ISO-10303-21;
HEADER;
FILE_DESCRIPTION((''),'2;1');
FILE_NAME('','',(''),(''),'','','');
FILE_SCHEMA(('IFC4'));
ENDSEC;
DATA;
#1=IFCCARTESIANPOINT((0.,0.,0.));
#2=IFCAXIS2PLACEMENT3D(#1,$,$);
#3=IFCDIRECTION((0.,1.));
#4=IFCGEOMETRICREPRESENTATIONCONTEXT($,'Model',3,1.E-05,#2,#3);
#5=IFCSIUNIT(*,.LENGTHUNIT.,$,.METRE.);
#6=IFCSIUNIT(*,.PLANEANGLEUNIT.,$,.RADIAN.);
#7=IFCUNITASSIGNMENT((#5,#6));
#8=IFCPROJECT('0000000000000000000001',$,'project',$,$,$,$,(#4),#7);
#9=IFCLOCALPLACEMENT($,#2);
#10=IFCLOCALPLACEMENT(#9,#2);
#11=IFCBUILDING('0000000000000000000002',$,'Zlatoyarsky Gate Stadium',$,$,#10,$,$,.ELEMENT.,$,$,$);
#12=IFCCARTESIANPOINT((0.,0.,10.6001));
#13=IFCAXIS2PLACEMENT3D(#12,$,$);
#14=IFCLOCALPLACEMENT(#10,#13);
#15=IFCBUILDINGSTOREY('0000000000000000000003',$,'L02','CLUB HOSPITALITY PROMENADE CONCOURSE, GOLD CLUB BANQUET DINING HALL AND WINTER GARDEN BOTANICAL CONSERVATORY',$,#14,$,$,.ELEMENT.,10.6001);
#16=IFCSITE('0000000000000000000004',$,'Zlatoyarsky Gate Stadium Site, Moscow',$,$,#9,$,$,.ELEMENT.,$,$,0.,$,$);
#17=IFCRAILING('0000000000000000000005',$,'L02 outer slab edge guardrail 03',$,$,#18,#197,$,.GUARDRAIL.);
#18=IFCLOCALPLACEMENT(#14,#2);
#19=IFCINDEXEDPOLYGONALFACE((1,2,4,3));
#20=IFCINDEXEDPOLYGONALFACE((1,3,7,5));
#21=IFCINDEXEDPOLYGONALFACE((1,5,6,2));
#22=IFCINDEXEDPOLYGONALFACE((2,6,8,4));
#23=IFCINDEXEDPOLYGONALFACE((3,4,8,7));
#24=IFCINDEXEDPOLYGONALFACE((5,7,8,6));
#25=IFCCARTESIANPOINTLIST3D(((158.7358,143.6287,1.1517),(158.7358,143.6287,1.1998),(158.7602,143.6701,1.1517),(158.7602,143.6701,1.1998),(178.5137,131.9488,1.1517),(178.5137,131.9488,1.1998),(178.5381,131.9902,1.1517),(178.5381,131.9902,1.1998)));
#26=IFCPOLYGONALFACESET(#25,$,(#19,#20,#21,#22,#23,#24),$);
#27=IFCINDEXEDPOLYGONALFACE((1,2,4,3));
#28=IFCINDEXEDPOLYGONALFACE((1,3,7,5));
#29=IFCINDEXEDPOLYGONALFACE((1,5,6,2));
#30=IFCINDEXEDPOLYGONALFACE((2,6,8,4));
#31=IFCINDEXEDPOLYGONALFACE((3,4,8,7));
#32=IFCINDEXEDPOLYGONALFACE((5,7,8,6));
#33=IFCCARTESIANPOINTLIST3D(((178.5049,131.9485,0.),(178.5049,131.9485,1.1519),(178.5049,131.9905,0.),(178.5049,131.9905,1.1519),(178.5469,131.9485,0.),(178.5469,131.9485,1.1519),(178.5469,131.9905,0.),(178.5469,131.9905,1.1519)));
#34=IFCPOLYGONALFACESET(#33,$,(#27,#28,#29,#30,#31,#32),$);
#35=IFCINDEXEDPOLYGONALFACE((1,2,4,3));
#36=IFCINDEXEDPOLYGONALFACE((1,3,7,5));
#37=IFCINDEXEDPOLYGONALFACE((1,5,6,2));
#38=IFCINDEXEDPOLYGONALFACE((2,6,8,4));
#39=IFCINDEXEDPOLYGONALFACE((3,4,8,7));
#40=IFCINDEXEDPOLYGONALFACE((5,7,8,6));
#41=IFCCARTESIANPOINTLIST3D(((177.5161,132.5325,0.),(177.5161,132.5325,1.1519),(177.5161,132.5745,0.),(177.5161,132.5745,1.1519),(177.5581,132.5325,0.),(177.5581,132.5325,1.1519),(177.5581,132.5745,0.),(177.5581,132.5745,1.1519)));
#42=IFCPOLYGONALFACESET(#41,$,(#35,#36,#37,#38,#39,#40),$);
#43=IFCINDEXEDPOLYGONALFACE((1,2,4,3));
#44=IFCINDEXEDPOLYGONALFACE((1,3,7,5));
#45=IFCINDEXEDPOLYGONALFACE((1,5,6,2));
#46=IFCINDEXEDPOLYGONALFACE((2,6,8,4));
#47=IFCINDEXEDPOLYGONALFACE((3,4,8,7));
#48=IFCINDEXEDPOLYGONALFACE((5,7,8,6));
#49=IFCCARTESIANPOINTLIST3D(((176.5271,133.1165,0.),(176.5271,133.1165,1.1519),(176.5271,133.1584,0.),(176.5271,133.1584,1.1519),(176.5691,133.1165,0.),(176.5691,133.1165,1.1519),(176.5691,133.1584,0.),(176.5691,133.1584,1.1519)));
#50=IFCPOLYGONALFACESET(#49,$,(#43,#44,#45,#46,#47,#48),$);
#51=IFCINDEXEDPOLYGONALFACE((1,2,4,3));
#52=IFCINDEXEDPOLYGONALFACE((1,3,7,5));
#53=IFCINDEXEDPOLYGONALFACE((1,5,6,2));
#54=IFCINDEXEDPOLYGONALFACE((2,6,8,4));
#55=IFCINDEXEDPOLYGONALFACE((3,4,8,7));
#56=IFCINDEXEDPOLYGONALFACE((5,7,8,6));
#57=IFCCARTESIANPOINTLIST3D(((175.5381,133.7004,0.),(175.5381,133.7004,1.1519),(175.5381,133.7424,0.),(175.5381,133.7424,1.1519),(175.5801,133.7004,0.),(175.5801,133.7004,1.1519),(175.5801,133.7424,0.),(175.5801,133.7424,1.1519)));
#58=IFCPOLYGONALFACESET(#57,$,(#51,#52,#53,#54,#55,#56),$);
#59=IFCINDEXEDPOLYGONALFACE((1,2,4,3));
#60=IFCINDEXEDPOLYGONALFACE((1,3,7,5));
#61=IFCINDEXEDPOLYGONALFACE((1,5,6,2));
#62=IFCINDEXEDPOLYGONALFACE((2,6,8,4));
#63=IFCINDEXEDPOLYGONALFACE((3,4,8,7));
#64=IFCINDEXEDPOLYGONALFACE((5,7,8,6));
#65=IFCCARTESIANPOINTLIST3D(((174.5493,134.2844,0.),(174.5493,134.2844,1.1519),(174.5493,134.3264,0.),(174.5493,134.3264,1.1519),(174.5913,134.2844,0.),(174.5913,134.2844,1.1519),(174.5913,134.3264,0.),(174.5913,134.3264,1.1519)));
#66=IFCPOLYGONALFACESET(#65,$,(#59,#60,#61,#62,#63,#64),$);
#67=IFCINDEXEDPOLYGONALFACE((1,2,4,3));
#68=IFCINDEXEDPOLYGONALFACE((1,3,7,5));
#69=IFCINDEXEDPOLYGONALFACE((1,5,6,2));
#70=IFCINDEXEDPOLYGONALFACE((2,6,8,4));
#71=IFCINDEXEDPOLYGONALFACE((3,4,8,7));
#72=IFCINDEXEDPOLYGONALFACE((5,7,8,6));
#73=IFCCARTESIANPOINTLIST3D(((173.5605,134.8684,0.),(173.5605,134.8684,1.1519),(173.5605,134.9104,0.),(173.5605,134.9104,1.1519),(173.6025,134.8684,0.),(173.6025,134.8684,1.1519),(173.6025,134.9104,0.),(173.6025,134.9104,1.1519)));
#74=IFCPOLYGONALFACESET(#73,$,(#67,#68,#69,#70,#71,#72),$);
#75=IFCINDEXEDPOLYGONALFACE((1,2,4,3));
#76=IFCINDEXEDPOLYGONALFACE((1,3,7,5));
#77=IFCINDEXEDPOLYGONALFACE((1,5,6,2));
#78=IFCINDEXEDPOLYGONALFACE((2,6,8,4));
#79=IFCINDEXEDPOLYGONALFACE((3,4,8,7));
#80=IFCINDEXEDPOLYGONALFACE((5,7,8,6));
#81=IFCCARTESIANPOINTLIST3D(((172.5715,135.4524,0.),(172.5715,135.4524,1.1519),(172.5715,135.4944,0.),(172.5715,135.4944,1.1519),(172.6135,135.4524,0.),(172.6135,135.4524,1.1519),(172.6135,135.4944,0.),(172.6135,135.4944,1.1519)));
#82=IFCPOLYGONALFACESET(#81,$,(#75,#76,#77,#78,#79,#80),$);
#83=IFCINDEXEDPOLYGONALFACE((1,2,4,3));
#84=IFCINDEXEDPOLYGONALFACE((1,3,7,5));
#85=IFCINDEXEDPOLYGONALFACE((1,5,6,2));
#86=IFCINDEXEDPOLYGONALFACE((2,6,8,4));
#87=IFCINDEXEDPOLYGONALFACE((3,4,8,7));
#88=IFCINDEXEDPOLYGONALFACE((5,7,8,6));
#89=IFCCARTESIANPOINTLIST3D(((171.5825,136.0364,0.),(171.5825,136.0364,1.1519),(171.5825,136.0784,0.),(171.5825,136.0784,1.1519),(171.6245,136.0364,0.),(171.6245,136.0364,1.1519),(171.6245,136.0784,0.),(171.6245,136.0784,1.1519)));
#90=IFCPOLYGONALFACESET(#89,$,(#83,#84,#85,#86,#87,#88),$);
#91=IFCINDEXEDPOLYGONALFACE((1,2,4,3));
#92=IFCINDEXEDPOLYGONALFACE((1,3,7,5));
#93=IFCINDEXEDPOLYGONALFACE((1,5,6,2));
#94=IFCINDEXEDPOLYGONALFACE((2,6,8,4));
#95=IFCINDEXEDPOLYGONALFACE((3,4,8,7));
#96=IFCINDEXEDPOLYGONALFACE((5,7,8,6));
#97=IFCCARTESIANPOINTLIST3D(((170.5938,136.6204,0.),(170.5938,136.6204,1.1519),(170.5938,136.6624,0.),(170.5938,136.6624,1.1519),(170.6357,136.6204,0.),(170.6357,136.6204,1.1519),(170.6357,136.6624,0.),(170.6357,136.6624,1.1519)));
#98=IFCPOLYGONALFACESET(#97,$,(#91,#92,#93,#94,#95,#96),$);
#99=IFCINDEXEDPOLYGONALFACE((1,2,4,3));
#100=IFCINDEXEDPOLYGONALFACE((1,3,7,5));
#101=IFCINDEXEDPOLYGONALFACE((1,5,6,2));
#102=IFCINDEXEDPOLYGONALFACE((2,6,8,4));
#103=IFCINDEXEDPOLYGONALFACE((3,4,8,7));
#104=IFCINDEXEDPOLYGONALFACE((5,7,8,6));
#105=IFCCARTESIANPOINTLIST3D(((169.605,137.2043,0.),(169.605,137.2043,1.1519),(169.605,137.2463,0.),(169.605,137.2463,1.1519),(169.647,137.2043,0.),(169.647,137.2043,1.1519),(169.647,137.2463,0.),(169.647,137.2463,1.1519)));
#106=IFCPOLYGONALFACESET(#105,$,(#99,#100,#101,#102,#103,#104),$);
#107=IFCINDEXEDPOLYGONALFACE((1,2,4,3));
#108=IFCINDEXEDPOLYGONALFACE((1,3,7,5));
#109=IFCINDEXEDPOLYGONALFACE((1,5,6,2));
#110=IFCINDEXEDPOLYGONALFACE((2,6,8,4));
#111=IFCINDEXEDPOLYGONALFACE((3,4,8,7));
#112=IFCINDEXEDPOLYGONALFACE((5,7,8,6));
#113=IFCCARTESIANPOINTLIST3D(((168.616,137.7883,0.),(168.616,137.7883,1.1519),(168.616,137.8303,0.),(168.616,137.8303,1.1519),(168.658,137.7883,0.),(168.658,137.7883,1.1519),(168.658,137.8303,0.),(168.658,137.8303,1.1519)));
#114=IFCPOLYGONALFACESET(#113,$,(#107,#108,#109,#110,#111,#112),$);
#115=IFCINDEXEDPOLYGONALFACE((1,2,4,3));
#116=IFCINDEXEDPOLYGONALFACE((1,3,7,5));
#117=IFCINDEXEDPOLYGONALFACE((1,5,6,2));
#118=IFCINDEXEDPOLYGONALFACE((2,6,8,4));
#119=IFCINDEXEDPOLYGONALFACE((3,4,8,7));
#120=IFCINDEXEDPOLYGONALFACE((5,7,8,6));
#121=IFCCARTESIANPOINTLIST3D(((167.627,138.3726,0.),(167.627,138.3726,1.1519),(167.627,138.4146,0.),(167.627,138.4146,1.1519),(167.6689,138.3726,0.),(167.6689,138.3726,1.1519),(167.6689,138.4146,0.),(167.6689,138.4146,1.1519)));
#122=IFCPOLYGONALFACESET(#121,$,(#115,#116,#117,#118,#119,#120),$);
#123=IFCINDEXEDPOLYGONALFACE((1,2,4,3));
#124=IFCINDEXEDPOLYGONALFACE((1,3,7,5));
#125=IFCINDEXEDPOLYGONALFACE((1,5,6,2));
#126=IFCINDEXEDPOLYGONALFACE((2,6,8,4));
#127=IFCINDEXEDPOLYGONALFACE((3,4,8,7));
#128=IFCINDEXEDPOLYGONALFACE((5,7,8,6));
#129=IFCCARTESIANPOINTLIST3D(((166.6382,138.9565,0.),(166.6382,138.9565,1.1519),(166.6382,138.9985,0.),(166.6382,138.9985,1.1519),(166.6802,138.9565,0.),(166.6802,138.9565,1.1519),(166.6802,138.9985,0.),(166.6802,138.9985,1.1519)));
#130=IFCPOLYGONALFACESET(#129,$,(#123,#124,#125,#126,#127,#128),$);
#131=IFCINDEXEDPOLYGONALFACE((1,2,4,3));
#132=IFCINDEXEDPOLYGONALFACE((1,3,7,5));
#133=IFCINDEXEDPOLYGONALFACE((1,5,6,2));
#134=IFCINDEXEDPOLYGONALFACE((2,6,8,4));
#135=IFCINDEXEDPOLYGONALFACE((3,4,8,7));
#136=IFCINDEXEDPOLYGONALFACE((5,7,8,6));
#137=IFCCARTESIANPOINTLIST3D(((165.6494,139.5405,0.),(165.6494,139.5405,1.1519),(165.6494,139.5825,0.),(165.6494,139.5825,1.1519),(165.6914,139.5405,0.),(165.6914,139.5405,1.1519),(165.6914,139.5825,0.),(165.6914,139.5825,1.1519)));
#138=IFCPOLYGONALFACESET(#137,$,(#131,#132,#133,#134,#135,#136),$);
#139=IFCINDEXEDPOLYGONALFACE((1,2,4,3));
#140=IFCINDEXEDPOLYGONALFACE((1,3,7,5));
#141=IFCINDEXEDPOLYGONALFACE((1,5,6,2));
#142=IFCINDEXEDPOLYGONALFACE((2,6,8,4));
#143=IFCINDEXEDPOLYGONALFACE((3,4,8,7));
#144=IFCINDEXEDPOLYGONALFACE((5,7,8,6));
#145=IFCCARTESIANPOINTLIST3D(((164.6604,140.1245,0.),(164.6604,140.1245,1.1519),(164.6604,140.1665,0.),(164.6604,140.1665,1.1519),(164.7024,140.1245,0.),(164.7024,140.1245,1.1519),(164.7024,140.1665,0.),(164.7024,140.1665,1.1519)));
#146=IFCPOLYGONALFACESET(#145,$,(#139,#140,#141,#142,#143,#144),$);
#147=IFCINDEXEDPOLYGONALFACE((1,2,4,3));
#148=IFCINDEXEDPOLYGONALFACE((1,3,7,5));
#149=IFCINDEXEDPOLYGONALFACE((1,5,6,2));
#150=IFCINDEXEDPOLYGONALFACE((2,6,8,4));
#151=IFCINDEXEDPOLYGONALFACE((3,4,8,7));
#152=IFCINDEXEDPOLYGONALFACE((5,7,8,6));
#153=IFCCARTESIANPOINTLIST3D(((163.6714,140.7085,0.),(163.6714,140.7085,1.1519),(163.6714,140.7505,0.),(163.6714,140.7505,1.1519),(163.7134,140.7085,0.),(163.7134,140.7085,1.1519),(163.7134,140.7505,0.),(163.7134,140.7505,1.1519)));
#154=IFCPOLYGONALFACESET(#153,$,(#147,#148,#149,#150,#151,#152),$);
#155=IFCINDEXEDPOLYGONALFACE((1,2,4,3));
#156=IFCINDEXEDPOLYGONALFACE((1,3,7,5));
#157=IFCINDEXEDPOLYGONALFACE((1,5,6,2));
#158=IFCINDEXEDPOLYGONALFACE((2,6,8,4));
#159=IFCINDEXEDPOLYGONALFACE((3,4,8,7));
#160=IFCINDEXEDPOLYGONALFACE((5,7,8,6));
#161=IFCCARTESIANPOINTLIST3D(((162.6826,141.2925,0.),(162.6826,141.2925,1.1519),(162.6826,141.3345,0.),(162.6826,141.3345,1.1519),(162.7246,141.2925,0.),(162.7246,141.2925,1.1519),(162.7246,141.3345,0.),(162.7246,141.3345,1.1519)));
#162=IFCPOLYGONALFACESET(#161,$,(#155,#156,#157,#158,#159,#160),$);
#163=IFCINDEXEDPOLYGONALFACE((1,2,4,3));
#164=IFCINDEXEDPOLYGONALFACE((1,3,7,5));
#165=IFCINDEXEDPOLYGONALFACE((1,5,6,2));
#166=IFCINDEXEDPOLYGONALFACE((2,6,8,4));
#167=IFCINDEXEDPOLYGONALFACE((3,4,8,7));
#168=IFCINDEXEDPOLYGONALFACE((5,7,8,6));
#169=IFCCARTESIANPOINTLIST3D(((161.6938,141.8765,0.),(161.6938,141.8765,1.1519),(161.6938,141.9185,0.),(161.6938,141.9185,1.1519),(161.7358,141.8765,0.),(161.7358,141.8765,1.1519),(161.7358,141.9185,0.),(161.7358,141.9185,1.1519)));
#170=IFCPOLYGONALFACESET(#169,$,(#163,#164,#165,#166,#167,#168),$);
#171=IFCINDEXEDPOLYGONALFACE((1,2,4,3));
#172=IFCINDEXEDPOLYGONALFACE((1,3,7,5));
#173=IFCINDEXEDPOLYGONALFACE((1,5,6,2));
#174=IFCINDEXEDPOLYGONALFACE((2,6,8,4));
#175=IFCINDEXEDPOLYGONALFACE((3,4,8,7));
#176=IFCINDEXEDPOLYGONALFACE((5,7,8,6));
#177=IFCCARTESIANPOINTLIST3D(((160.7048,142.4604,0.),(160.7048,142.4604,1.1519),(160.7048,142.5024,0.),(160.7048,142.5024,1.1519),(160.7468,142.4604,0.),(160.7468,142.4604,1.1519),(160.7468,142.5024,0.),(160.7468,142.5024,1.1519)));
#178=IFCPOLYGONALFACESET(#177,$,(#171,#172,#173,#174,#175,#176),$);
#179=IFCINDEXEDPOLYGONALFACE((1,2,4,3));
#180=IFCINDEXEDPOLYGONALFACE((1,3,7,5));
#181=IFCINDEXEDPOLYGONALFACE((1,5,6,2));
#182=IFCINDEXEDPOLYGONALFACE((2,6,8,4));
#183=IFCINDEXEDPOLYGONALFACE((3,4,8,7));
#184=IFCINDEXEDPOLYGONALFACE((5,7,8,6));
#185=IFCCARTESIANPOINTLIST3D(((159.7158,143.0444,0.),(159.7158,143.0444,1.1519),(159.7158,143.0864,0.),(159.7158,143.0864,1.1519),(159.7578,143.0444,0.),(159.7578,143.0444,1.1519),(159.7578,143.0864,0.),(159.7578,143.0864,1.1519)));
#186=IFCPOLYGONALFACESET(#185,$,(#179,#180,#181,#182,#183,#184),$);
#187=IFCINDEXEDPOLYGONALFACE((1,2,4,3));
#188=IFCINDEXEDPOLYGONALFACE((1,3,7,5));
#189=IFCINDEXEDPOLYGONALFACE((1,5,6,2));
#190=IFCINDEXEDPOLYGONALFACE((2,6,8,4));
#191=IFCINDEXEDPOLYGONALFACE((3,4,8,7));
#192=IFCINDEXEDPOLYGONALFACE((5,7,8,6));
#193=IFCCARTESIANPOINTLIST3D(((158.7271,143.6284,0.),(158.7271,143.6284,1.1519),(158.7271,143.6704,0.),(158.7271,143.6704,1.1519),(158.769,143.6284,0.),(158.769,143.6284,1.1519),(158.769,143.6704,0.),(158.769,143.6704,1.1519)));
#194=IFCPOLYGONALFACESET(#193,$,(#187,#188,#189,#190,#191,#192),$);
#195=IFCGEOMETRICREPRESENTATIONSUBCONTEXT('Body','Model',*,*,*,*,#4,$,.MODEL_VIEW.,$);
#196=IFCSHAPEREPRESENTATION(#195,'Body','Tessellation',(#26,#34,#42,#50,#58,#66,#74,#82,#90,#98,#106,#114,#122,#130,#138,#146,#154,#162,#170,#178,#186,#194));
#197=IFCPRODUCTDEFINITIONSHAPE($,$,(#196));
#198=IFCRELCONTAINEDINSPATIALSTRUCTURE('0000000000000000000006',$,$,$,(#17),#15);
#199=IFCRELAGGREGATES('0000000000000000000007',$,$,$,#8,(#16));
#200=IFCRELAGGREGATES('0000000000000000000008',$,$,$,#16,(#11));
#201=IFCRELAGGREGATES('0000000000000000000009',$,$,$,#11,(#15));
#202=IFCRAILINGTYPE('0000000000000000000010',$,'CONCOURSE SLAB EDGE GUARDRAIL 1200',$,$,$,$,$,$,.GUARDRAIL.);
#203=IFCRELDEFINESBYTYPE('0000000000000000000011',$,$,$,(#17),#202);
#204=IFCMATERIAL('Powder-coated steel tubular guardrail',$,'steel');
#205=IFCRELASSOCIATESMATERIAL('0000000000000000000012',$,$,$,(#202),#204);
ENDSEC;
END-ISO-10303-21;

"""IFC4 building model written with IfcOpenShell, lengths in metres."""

from ifc_helpers import new_model, si_unit, direction, frame, origin, origin_2d, place, context, subcontext, project, spatial, rectangle, extrude, material, type_object, element, save


model = new_model("IFC4")

# Units and contexts
model_context = context("Model", 3, precision=1e-05, world=origin(), true_north=direction((0.0, 1.0)))
body_context = subcontext(model_context, "Body", "Model", "MODEL_VIEW")
ifc_project = project(units=[si_unit("LENGTHUNIT", "METRE"), si_unit("PLANEANGLEUNIT", "RADIAN")], contexts=[model_context])

# Site, building, storey
site_placement = place(None, origin())
site = spatial("IfcSite", under=ifc_project, at=site_placement, Name="Zlatoyarsky Gate Stadium Site, Moscow", CompositionType="ELEMENT", RefElevation=0.0)
building_placement = place(site_placement, origin())
building = spatial("IfcBuilding", under=site, at=building_placement, Name="Zlatoyarsky Gate Stadium", CompositionType="ELEMENT")
storey_placement = place(building_placement, frame((0.0, 0.0, 10.6001)))
storey = spatial("IfcBuildingStorey", under=building, at=storey_placement, Name="L02", Description="CLUB HOSPITALITY PROMENADE CONCOURSE, GOLD CLUB BANQUET DINING HALL AND WINTER GARDEN BOTANICAL CONSERVATORY", CompositionType="ELEMENT", Elevation=10.6001)

# Railing
ifc_material_1 = material(Name="Powder-coated steel tubular guardrail", Category="steel")
railing_type = type_object("IfcRailingType", Name="CONCOURSE SLAB EDGE GUARDRAIL 1200", PredefinedType="GUARDRAIL", material=ifc_material_1)
railing_placement = place(storey_placement, frame((178.5259, 131.9695, 0.0)))
element("IfcRailing", 1, at=railing_placement, inside=storey, type_object=railing_type, Name="L02 outer slab edge guardrail 03", PredefinedType="GUARDRAIL", context=body_context, shape_type="SweptSolid", body=[
    extrude(rectangle(XDim=0.0481, YDim=0.0481, at=origin_2d()), frame((0.0, 0.0, 1.1758), z_axis=(-0.861059, 0.508504, 0.0), x_axis=(-0.508504, -0.861059, 0.0)), (0.0, 0.0, 1.0), 22.9692),
    extrude(rectangle(XDim=0.042, YDim=0.042, at=origin_2d()), origin(), (0.0, 0.0, 1.0), 1.1519),
    extrude(rectangle(XDim=0.042, YDim=0.042, at=origin_2d()), frame((-0.9888, 0.584, 0.0)), (0.0, 0.0, 1.0), 1.1519),
    extrude(rectangle(XDim=0.042, YDim=0.042, at=origin_2d()), frame((-1.9778, 1.168, 0.0)), (0.0, 0.0, 1.0), 1.1519),
    extrude(rectangle(XDim=0.042, YDim=0.042, at=origin_2d()), frame((-2.9668, 1.752, 0.0)), (0.0, 0.0, 1.0), 1.1519),
    extrude(rectangle(XDim=0.042, YDim=0.042, at=origin_2d()), frame((-3.9556, 2.3359, 0.0)), (0.0, 0.0, 1.0), 1.1519),
    extrude(rectangle(XDim=0.042, YDim=0.042, at=origin_2d()), frame((-4.9443, 2.9199, 0.0)), (0.0, 0.0, 1.0), 1.1519),
    extrude(rectangle(XDim=0.042, YDim=0.042, at=origin_2d()), frame((-5.9333, 3.5039, 0.0)), (0.0, 0.0, 1.0), 1.1519),
    extrude(rectangle(XDim=0.042, YDim=0.042, at=origin_2d()), frame((-6.9224, 4.0879, 0.0)), (0.0, 0.0, 1.0), 1.1519),
    extrude(rectangle(XDim=0.042, YDim=0.042, at=origin_2d()), frame((-7.9111, 4.6719, 0.0)), (0.0, 0.0, 1.0), 1.1519),
    extrude(rectangle(XDim=0.042, YDim=0.042, at=origin_2d()), frame((-8.8999, 5.2559, 0.0)), (0.0, 0.0, 1.0), 1.1519),
    extrude(rectangle(XDim=0.042, YDim=0.042, at=origin_2d()), frame((-9.8889, 5.8398, 0.0)), (0.0, 0.0, 1.0), 1.1519),
    extrude(rectangle(XDim=0.042, YDim=0.042, at=origin_2d()), frame((-10.8779, 6.4241, 0.0)), (0.0, 0.0, 1.0), 1.1519),
    extrude(rectangle(XDim=0.042, YDim=0.042, at=origin_2d()), frame((-11.8667, 7.0081, 0.0)), (0.0, 0.0, 1.0), 1.1519),
    extrude(rectangle(XDim=0.042, YDim=0.042, at=origin_2d()), frame((-12.8555, 7.592, 0.0)), (0.0, 0.0, 1.0), 1.1519),
    extrude(rectangle(XDim=0.042, YDim=0.042, at=origin_2d()), frame((-13.8445, 8.176, 0.0)), (0.0, 0.0, 1.0), 1.1519),
    extrude(rectangle(XDim=0.042, YDim=0.042, at=origin_2d()), frame((-14.8335, 8.76, 0.0)), (0.0, 0.0, 1.0), 1.1519),
    extrude(rectangle(XDim=0.042, YDim=0.042, at=origin_2d()), frame((-15.8223, 9.344, 0.0)), (0.0, 0.0, 1.0), 1.1519),
    extrude(rectangle(XDim=0.042, YDim=0.042, at=origin_2d()), frame((-16.811, 9.928, 0.0)), (0.0, 0.0, 1.0), 1.1519),
    extrude(rectangle(XDim=0.042, YDim=0.042, at=origin_2d()), frame((-17.8, 10.512, 0.0)), (0.0, 0.0, 1.0), 1.1519),
    extrude(rectangle(XDim=0.042, YDim=0.042, at=origin_2d()), frame((-18.7891, 11.0959, 0.0)), (0.0, 0.0, 1.0), 1.1519),
    extrude(rectangle(XDim=0.042, YDim=0.042, at=origin_2d()), frame((-19.7778, 11.6799, 0.0)), (0.0, 0.0, 1.0), 1.1519),
])

save(model, "model.ifc")
